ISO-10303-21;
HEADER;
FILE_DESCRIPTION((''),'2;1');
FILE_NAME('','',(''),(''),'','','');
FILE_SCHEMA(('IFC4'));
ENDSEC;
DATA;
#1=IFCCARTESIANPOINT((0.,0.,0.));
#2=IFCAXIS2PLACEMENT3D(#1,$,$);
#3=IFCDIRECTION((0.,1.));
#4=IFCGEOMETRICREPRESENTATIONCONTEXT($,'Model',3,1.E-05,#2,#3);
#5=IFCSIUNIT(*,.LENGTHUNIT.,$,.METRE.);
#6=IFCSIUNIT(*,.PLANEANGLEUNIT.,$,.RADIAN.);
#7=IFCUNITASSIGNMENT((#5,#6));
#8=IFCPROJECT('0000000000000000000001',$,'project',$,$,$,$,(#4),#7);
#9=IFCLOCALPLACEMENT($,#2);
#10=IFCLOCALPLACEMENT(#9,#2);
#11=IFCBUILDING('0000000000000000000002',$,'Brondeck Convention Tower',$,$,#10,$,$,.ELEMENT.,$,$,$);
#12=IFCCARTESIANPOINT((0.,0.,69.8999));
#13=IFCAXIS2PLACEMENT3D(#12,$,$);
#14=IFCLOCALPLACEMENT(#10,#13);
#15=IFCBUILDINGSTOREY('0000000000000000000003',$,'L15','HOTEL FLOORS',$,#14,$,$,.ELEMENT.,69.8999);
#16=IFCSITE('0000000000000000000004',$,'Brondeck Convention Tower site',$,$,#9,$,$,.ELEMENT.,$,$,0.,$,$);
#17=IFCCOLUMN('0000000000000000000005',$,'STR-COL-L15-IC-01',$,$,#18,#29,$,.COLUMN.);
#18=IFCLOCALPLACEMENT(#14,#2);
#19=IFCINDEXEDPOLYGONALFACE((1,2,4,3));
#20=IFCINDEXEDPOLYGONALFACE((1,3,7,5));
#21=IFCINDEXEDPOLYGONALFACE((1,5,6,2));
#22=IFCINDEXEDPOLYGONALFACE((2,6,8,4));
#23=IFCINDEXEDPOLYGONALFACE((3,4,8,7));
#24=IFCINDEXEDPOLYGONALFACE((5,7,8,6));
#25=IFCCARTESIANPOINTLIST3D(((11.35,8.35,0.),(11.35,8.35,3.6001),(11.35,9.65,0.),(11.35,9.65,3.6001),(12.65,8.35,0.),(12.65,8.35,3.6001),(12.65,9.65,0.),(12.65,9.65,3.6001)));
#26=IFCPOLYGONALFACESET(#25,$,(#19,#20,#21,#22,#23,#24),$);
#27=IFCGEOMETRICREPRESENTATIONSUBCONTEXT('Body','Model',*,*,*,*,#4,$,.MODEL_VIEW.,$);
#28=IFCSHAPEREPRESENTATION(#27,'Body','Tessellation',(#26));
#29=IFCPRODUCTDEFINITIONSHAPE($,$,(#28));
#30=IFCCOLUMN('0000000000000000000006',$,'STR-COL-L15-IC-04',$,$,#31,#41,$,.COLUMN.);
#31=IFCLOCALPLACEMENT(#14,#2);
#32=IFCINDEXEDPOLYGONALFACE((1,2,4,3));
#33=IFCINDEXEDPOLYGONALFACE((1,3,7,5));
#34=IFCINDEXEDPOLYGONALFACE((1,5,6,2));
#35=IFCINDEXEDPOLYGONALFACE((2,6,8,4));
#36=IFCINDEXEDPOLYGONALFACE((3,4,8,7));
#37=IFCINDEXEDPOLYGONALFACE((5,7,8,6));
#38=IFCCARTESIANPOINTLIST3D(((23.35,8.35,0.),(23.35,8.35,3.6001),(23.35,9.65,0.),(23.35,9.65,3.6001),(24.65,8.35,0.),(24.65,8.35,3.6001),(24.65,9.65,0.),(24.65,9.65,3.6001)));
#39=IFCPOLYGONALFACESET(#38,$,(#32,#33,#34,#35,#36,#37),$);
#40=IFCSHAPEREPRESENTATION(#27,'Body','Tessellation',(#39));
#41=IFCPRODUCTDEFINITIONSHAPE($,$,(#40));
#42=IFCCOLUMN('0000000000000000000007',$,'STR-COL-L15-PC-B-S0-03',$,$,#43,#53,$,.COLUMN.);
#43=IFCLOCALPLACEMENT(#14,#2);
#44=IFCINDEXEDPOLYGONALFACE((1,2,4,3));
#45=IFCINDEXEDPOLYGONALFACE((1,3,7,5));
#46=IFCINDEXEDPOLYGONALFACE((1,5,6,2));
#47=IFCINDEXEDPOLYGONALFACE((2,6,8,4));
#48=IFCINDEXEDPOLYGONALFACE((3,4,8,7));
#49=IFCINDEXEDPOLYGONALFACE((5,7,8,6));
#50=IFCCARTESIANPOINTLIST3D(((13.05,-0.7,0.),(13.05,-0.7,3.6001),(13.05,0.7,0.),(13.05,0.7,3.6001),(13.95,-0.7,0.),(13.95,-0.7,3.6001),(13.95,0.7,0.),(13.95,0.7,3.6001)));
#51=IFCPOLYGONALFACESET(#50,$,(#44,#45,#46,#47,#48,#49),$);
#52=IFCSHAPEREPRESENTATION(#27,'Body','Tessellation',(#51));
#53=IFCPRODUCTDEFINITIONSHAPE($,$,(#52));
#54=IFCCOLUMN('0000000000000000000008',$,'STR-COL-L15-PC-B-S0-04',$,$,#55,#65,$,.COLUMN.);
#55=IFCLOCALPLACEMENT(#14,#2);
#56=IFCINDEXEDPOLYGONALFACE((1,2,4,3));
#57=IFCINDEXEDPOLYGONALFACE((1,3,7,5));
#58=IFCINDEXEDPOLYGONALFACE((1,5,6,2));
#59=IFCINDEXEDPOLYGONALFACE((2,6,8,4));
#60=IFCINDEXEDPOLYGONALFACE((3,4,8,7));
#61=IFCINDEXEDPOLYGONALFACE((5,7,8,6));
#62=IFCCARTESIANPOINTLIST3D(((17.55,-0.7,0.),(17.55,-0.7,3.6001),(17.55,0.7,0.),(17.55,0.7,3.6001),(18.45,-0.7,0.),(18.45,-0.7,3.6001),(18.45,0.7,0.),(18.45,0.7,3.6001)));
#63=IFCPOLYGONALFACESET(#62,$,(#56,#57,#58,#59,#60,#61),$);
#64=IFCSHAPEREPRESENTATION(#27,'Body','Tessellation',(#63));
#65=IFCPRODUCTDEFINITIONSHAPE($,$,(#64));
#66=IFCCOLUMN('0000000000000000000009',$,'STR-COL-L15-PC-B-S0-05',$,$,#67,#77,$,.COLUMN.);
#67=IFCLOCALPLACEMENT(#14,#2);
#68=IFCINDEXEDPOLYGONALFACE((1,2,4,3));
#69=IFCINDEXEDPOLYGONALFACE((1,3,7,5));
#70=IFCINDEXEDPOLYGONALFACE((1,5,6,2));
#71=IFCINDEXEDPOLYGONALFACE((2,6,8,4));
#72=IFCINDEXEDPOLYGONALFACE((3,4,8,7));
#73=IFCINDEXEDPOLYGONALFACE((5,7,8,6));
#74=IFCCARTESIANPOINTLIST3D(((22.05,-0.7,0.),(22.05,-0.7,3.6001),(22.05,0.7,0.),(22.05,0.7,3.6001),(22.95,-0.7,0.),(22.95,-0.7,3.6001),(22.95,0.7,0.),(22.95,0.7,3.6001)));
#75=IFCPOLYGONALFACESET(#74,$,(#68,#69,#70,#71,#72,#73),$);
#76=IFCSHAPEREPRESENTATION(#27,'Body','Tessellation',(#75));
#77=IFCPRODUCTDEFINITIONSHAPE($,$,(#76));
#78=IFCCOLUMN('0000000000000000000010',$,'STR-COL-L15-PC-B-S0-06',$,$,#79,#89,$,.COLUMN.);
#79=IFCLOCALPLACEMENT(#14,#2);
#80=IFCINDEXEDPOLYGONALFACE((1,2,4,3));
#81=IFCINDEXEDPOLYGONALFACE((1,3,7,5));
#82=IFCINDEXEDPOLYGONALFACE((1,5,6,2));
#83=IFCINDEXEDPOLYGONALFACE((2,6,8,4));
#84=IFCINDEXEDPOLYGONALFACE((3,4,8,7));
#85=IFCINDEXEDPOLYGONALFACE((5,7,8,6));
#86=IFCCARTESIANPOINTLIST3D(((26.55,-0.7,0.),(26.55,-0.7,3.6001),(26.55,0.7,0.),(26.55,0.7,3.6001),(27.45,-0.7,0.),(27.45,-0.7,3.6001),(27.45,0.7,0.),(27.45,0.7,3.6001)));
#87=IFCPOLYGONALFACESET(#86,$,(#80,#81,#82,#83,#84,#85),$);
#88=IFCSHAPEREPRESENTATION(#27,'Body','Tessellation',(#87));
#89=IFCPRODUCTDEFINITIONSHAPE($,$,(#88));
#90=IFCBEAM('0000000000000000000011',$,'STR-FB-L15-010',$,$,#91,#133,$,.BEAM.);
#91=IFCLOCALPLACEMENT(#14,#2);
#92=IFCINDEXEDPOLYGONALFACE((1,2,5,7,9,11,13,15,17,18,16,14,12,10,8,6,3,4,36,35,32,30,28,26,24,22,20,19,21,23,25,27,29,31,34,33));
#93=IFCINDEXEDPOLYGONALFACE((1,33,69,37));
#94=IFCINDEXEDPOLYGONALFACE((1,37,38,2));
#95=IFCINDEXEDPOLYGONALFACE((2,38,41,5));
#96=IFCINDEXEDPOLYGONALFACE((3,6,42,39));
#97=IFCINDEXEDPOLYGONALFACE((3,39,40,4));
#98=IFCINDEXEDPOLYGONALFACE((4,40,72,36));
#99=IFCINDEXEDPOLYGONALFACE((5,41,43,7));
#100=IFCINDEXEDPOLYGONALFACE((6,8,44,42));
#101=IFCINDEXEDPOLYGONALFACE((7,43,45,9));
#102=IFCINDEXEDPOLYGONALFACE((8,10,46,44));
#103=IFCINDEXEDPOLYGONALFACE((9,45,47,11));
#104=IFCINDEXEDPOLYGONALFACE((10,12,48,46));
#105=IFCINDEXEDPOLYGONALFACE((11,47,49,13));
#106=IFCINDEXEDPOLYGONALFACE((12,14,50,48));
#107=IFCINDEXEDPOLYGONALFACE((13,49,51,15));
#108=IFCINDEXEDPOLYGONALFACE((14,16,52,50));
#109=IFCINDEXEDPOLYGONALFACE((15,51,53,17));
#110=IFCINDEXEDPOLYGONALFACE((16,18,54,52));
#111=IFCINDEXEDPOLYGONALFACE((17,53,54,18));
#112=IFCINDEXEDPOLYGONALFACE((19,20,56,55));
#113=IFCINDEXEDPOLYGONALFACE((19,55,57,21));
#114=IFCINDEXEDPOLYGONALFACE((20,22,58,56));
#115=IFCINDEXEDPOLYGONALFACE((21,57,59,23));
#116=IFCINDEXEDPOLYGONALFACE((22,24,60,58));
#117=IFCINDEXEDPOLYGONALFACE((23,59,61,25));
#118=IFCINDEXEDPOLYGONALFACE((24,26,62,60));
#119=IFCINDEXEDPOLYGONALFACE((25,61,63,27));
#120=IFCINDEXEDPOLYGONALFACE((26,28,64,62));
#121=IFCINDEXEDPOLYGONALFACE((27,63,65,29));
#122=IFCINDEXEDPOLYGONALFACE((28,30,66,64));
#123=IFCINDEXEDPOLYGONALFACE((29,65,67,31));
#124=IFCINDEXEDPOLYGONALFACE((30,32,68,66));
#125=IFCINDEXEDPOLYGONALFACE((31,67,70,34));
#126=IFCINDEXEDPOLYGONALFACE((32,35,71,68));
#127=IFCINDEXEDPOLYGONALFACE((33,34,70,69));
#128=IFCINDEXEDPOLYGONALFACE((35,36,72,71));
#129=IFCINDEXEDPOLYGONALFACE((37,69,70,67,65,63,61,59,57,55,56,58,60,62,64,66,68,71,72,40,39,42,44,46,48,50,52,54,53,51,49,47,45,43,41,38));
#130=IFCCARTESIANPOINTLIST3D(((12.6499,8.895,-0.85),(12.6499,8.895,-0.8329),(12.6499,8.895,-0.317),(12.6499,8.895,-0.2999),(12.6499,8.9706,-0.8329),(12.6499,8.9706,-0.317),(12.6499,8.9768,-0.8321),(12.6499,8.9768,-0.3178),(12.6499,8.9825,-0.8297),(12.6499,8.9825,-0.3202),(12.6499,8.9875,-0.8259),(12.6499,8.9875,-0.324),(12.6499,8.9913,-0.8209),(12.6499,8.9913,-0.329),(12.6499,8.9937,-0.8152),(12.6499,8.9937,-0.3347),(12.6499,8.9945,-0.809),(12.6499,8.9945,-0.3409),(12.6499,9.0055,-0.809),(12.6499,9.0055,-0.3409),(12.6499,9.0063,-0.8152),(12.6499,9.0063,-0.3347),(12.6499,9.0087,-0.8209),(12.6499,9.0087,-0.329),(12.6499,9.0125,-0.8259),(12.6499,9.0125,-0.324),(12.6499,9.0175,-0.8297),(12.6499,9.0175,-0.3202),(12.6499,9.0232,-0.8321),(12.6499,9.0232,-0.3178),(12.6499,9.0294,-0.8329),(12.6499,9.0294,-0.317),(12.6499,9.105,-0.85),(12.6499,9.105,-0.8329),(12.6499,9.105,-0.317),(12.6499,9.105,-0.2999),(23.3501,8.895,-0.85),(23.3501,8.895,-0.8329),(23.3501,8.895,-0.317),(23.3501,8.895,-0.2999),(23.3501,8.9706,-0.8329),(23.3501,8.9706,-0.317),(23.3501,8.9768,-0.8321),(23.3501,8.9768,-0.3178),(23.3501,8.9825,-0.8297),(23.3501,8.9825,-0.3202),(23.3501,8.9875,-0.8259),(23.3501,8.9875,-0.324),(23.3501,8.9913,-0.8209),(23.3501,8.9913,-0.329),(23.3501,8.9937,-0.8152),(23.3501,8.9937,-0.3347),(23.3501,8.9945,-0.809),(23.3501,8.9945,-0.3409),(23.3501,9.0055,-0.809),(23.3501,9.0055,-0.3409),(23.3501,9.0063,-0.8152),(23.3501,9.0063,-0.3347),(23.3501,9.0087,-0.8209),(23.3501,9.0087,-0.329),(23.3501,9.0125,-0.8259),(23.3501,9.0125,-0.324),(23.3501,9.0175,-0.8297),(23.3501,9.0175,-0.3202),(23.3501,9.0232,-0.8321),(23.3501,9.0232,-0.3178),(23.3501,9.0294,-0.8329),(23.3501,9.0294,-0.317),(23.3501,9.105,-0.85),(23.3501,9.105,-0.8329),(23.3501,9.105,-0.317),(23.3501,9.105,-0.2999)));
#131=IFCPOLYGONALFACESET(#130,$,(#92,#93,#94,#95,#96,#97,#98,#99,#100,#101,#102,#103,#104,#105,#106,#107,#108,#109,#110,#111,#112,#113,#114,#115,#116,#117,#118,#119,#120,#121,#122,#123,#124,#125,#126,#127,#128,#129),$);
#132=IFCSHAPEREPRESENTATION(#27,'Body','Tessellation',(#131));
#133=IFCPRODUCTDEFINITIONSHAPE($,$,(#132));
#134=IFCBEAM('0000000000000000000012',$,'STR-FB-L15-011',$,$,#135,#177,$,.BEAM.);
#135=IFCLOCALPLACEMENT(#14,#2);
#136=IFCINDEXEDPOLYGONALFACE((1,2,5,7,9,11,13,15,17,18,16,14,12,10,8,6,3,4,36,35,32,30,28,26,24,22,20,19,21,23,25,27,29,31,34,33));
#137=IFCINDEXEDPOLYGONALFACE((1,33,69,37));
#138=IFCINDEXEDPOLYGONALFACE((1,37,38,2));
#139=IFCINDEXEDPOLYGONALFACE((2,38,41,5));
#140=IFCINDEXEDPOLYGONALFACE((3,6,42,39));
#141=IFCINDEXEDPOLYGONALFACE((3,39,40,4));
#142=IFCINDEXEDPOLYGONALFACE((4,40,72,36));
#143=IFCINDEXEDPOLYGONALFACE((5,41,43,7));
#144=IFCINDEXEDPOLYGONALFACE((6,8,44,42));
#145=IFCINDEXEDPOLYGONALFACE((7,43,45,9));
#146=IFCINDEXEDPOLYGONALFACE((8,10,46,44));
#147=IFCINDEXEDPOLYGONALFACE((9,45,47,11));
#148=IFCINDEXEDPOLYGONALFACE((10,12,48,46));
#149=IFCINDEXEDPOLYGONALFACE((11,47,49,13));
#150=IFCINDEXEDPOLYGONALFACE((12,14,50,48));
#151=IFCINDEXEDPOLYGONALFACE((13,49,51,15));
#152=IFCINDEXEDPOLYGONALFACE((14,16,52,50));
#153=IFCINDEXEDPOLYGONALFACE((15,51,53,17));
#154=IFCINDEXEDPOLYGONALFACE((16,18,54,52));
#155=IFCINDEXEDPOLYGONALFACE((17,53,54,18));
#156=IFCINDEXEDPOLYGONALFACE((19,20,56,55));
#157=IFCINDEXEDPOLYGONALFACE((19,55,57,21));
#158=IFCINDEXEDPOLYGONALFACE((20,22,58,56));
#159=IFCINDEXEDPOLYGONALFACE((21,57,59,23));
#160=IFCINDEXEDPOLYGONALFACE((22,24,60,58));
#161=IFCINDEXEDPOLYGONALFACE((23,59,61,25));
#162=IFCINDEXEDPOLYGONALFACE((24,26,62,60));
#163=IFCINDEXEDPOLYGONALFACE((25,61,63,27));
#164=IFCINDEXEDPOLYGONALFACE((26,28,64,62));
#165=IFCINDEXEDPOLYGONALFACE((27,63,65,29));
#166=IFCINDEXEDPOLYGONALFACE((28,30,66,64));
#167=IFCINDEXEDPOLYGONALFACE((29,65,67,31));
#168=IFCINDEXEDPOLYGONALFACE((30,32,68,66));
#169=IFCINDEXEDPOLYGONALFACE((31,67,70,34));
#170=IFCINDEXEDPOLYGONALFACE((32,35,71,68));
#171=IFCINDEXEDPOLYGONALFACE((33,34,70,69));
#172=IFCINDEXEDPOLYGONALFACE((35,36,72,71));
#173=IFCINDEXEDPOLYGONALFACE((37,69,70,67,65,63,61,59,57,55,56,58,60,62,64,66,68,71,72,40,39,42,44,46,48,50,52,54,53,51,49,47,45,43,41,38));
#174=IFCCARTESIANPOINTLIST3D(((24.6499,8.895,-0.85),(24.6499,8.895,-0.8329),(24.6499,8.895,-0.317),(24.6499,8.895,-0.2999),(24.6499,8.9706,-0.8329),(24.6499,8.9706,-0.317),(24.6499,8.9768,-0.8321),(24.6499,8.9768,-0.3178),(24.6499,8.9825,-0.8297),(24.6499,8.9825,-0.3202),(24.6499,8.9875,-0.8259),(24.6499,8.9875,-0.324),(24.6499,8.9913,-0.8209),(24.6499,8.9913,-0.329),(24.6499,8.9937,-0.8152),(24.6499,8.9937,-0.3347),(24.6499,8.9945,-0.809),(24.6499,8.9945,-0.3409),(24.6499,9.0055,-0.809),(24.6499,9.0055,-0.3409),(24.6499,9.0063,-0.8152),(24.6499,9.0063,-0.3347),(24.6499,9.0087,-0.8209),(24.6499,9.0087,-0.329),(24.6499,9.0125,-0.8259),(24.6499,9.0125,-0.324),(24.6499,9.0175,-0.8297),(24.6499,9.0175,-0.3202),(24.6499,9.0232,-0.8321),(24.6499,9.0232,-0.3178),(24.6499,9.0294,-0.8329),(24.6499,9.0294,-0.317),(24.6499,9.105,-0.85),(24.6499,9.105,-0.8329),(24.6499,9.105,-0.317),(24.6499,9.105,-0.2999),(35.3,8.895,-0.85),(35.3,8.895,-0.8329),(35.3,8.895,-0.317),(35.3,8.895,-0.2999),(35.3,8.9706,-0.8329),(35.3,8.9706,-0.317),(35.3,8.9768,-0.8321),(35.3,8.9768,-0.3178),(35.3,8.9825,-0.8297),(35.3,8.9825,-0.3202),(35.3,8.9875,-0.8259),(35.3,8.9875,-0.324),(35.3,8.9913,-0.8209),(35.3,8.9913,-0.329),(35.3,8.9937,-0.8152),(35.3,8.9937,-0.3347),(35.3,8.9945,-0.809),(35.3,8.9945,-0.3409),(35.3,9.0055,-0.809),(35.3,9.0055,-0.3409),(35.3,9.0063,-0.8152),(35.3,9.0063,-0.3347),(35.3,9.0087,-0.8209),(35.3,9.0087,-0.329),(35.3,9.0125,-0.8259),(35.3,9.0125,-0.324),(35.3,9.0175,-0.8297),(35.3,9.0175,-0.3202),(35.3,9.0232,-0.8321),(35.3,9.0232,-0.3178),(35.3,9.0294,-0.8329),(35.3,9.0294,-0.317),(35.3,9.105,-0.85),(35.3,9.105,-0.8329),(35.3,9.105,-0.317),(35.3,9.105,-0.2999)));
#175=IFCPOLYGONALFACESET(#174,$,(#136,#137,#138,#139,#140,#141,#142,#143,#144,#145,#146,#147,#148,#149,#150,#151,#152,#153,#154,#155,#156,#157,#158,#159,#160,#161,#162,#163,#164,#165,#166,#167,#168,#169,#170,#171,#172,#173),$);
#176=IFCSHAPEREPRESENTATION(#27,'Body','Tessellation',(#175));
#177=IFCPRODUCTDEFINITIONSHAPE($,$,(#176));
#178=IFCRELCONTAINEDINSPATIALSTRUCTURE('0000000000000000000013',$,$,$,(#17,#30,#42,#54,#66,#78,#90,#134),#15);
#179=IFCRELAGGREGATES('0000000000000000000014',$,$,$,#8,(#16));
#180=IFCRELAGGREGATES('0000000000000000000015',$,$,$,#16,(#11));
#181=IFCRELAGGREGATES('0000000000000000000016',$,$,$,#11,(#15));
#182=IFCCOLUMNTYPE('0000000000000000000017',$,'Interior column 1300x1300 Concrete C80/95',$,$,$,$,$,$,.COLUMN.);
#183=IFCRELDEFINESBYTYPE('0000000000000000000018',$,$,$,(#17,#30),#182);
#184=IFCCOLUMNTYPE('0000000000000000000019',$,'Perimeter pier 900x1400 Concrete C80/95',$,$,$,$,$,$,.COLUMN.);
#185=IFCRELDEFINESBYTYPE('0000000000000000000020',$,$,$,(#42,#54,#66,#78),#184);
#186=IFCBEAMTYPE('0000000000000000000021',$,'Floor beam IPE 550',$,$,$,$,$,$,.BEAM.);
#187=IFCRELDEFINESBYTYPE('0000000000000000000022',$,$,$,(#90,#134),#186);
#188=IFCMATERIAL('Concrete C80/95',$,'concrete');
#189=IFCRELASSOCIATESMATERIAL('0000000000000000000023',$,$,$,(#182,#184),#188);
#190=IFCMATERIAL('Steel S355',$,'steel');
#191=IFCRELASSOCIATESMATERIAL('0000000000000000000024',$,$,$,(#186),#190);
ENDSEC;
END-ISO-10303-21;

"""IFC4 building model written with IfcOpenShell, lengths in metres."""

from ifc_helpers import new_model, si_unit, direction, frame, origin, origin_2d, place, context, subcontext, project, spatial, rectangle, i_section, extrude, material, material_profile, profile_set, type_object, element, save


model = new_model("IFC4")

# Units and contexts
model_context = context("Model", 3, precision=1e-05, world=origin(), true_north=direction((0.0, 1.0)))
body_context = subcontext(model_context, "Body", "Model", "MODEL_VIEW")
ifc_project = project(units=[si_unit("LENGTHUNIT", "METRE"), si_unit("PLANEANGLEUNIT", "RADIAN")], contexts=[model_context])

# Site, building, storey
site_placement = place(None, origin())
site = spatial("IfcSite", under=ifc_project, at=site_placement, Name="Brondeck Convention Tower site", CompositionType="ELEMENT", RefElevation=0.0)
building_placement = place(site_placement, origin())
building = spatial("IfcBuilding", under=site, at=building_placement, Name="Brondeck Convention Tower", CompositionType="ELEMENT")
storey_placement = place(building_placement, frame((0.0, 0.0, 69.8999)))
storey = spatial("IfcBuildingStorey", under=building, at=storey_placement, Name="L15", Description="HOTEL FLOORS", CompositionType="ELEMENT", Elevation=69.8999)

# Columns
ifc_material_1 = material(Name="Concrete C80/95", Category="concrete")
ifc_material_profile_1 = material_profile(ifc_material_1, rectangle(XDim=1.3, YDim=1.3, at=origin_2d()), Name="Interior column 1300x1300 Concrete C80/95")
ifc_profile_set_1 = profile_set([ifc_material_profile_1], Name="Concrete C80/95")
column_type_1 = type_object("IfcColumnType", Name="Interior column 1300x1300 Concrete C80/95", PredefinedType="COLUMN", material=ifc_profile_set_1)
for number, where, z_axis, x_axis, name in (
    (1, (12.0, 9.0, 0.0), (0.0, 0.0, 1.0), (1.0, 0.0, 0.0), "STR-COL-L15-IC-01"),
    (2, (24.0, 9.0, 0.0), (0.0, 0.0, 1.0), (1.0, 0.0, 0.0), "STR-COL-L15-IC-04"),
):
    element("IfcColumn", number, at=place(storey_placement, frame(where, z_axis=z_axis, x_axis=x_axis)), inside=storey, type_object=column_type_1, Name=name, PredefinedType="COLUMN", context=body_context, shape_type="SweptSolid", body=[
        extrude(rectangle(XDim=1.3, YDim=1.3, at=origin_2d()), origin(), (0.0, 0.0, 1.0), 3.6001),
    ])
ifc_material_profile_2 = material_profile(ifc_material_1, rectangle(XDim=0.8999, YDim=1.3999, at=origin_2d()), Name="Perimeter pier 900x1400 Concrete C80/95")
ifc_profile_set_2 = profile_set([ifc_material_profile_2], Name="Concrete C80/95")
column_type_2 = type_object("IfcColumnType", Name="Perimeter pier 900x1400 Concrete C80/95", PredefinedType="COLUMN", material=ifc_profile_set_2)
for number, where, z_axis, x_axis, name in (
    (3, (13.5, 0.0, 0.0), (0.0, 0.0, 1.0), (1.0, 0.0, 0.0), "STR-COL-L15-PC-B-S0-03"),
    (4, (18.0, 0.0, 0.0), (0.0, 0.0, 1.0), (1.0, 0.0, 0.0), "STR-COL-L15-PC-B-S0-04"),
    (5, (22.5, 0.0, 0.0), (0.0, 0.0, 1.0), (1.0, 0.0, 0.0), "STR-COL-L15-PC-B-S0-05"),
    (6, (27.0, 0.0, 0.0), (0.0, 0.0, 1.0), (1.0, 0.0, 0.0), "STR-COL-L15-PC-B-S0-06"),
):
    element("IfcColumn", number, at=place(storey_placement, frame(where, z_axis=z_axis, x_axis=x_axis)), inside=storey, type_object=column_type_2, Name=name, PredefinedType="COLUMN", context=body_context, shape_type="SweptSolid", body=[
        extrude(rectangle(XDim=0.8999, YDim=1.3999, at=origin_2d()), origin(), (0.0, 0.0, 1.0), 3.6001),
    ])

# Beams
ifc_material_2 = material(Name="Steel S355", Category="steel")
ifc_material_profile_3 = material_profile(ifc_material_2, i_section(OverallWidth=0.21, OverallDepth=0.55, WebThickness=0.011, FlangeThickness=0.0171, FilletRadius=0.0239, at=origin_2d()), Name="IPE 550")
ifc_profile_set_3 = profile_set([ifc_material_profile_3], Name="Steel S355")
beam_type_1 = type_object("IfcBeamType", Name="Floor beam IPE 550", PredefinedType="BEAM", material=ifc_profile_set_3)
beam_1_placement = place(storey_placement, frame((12.6499, 9.0, -0.575), z_axis=(1.0, 0.0, 0.0), x_axis=(0.0, 1.0, 0.0)))
element("IfcBeam", 7, at=beam_1_placement, inside=storey, type_object=beam_type_1, Name="STR-FB-L15-010", PredefinedType="BEAM", context=body_context, shape_type="SweptSolid", body=[
    extrude(i_section(OverallWidth=0.21, OverallDepth=0.55, WebThickness=0.011, FlangeThickness=0.0171, FilletRadius=0.0239, at=origin_2d()), origin(), (0.0, 0.0, 1.0), 10.7002),
])
beam_2_placement = place(storey_placement, frame((24.6499, 9.0, -0.575), z_axis=(1.0, 0.0, 0.0), x_axis=(0.0, 1.0, 0.0)))
element("IfcBeam", 8, at=beam_2_placement, inside=storey, type_object=beam_type_1, Name="STR-FB-L15-011", PredefinedType="BEAM", context=body_context, shape_type="SweptSolid", body=[
    extrude(i_section(OverallWidth=0.21, OverallDepth=0.55, WebThickness=0.011, FlangeThickness=0.0171, FilletRadius=0.0239, at=origin_2d()), origin(), (0.0, 0.0, 1.0), 10.6501),
])

save(model, "model.ifc")
